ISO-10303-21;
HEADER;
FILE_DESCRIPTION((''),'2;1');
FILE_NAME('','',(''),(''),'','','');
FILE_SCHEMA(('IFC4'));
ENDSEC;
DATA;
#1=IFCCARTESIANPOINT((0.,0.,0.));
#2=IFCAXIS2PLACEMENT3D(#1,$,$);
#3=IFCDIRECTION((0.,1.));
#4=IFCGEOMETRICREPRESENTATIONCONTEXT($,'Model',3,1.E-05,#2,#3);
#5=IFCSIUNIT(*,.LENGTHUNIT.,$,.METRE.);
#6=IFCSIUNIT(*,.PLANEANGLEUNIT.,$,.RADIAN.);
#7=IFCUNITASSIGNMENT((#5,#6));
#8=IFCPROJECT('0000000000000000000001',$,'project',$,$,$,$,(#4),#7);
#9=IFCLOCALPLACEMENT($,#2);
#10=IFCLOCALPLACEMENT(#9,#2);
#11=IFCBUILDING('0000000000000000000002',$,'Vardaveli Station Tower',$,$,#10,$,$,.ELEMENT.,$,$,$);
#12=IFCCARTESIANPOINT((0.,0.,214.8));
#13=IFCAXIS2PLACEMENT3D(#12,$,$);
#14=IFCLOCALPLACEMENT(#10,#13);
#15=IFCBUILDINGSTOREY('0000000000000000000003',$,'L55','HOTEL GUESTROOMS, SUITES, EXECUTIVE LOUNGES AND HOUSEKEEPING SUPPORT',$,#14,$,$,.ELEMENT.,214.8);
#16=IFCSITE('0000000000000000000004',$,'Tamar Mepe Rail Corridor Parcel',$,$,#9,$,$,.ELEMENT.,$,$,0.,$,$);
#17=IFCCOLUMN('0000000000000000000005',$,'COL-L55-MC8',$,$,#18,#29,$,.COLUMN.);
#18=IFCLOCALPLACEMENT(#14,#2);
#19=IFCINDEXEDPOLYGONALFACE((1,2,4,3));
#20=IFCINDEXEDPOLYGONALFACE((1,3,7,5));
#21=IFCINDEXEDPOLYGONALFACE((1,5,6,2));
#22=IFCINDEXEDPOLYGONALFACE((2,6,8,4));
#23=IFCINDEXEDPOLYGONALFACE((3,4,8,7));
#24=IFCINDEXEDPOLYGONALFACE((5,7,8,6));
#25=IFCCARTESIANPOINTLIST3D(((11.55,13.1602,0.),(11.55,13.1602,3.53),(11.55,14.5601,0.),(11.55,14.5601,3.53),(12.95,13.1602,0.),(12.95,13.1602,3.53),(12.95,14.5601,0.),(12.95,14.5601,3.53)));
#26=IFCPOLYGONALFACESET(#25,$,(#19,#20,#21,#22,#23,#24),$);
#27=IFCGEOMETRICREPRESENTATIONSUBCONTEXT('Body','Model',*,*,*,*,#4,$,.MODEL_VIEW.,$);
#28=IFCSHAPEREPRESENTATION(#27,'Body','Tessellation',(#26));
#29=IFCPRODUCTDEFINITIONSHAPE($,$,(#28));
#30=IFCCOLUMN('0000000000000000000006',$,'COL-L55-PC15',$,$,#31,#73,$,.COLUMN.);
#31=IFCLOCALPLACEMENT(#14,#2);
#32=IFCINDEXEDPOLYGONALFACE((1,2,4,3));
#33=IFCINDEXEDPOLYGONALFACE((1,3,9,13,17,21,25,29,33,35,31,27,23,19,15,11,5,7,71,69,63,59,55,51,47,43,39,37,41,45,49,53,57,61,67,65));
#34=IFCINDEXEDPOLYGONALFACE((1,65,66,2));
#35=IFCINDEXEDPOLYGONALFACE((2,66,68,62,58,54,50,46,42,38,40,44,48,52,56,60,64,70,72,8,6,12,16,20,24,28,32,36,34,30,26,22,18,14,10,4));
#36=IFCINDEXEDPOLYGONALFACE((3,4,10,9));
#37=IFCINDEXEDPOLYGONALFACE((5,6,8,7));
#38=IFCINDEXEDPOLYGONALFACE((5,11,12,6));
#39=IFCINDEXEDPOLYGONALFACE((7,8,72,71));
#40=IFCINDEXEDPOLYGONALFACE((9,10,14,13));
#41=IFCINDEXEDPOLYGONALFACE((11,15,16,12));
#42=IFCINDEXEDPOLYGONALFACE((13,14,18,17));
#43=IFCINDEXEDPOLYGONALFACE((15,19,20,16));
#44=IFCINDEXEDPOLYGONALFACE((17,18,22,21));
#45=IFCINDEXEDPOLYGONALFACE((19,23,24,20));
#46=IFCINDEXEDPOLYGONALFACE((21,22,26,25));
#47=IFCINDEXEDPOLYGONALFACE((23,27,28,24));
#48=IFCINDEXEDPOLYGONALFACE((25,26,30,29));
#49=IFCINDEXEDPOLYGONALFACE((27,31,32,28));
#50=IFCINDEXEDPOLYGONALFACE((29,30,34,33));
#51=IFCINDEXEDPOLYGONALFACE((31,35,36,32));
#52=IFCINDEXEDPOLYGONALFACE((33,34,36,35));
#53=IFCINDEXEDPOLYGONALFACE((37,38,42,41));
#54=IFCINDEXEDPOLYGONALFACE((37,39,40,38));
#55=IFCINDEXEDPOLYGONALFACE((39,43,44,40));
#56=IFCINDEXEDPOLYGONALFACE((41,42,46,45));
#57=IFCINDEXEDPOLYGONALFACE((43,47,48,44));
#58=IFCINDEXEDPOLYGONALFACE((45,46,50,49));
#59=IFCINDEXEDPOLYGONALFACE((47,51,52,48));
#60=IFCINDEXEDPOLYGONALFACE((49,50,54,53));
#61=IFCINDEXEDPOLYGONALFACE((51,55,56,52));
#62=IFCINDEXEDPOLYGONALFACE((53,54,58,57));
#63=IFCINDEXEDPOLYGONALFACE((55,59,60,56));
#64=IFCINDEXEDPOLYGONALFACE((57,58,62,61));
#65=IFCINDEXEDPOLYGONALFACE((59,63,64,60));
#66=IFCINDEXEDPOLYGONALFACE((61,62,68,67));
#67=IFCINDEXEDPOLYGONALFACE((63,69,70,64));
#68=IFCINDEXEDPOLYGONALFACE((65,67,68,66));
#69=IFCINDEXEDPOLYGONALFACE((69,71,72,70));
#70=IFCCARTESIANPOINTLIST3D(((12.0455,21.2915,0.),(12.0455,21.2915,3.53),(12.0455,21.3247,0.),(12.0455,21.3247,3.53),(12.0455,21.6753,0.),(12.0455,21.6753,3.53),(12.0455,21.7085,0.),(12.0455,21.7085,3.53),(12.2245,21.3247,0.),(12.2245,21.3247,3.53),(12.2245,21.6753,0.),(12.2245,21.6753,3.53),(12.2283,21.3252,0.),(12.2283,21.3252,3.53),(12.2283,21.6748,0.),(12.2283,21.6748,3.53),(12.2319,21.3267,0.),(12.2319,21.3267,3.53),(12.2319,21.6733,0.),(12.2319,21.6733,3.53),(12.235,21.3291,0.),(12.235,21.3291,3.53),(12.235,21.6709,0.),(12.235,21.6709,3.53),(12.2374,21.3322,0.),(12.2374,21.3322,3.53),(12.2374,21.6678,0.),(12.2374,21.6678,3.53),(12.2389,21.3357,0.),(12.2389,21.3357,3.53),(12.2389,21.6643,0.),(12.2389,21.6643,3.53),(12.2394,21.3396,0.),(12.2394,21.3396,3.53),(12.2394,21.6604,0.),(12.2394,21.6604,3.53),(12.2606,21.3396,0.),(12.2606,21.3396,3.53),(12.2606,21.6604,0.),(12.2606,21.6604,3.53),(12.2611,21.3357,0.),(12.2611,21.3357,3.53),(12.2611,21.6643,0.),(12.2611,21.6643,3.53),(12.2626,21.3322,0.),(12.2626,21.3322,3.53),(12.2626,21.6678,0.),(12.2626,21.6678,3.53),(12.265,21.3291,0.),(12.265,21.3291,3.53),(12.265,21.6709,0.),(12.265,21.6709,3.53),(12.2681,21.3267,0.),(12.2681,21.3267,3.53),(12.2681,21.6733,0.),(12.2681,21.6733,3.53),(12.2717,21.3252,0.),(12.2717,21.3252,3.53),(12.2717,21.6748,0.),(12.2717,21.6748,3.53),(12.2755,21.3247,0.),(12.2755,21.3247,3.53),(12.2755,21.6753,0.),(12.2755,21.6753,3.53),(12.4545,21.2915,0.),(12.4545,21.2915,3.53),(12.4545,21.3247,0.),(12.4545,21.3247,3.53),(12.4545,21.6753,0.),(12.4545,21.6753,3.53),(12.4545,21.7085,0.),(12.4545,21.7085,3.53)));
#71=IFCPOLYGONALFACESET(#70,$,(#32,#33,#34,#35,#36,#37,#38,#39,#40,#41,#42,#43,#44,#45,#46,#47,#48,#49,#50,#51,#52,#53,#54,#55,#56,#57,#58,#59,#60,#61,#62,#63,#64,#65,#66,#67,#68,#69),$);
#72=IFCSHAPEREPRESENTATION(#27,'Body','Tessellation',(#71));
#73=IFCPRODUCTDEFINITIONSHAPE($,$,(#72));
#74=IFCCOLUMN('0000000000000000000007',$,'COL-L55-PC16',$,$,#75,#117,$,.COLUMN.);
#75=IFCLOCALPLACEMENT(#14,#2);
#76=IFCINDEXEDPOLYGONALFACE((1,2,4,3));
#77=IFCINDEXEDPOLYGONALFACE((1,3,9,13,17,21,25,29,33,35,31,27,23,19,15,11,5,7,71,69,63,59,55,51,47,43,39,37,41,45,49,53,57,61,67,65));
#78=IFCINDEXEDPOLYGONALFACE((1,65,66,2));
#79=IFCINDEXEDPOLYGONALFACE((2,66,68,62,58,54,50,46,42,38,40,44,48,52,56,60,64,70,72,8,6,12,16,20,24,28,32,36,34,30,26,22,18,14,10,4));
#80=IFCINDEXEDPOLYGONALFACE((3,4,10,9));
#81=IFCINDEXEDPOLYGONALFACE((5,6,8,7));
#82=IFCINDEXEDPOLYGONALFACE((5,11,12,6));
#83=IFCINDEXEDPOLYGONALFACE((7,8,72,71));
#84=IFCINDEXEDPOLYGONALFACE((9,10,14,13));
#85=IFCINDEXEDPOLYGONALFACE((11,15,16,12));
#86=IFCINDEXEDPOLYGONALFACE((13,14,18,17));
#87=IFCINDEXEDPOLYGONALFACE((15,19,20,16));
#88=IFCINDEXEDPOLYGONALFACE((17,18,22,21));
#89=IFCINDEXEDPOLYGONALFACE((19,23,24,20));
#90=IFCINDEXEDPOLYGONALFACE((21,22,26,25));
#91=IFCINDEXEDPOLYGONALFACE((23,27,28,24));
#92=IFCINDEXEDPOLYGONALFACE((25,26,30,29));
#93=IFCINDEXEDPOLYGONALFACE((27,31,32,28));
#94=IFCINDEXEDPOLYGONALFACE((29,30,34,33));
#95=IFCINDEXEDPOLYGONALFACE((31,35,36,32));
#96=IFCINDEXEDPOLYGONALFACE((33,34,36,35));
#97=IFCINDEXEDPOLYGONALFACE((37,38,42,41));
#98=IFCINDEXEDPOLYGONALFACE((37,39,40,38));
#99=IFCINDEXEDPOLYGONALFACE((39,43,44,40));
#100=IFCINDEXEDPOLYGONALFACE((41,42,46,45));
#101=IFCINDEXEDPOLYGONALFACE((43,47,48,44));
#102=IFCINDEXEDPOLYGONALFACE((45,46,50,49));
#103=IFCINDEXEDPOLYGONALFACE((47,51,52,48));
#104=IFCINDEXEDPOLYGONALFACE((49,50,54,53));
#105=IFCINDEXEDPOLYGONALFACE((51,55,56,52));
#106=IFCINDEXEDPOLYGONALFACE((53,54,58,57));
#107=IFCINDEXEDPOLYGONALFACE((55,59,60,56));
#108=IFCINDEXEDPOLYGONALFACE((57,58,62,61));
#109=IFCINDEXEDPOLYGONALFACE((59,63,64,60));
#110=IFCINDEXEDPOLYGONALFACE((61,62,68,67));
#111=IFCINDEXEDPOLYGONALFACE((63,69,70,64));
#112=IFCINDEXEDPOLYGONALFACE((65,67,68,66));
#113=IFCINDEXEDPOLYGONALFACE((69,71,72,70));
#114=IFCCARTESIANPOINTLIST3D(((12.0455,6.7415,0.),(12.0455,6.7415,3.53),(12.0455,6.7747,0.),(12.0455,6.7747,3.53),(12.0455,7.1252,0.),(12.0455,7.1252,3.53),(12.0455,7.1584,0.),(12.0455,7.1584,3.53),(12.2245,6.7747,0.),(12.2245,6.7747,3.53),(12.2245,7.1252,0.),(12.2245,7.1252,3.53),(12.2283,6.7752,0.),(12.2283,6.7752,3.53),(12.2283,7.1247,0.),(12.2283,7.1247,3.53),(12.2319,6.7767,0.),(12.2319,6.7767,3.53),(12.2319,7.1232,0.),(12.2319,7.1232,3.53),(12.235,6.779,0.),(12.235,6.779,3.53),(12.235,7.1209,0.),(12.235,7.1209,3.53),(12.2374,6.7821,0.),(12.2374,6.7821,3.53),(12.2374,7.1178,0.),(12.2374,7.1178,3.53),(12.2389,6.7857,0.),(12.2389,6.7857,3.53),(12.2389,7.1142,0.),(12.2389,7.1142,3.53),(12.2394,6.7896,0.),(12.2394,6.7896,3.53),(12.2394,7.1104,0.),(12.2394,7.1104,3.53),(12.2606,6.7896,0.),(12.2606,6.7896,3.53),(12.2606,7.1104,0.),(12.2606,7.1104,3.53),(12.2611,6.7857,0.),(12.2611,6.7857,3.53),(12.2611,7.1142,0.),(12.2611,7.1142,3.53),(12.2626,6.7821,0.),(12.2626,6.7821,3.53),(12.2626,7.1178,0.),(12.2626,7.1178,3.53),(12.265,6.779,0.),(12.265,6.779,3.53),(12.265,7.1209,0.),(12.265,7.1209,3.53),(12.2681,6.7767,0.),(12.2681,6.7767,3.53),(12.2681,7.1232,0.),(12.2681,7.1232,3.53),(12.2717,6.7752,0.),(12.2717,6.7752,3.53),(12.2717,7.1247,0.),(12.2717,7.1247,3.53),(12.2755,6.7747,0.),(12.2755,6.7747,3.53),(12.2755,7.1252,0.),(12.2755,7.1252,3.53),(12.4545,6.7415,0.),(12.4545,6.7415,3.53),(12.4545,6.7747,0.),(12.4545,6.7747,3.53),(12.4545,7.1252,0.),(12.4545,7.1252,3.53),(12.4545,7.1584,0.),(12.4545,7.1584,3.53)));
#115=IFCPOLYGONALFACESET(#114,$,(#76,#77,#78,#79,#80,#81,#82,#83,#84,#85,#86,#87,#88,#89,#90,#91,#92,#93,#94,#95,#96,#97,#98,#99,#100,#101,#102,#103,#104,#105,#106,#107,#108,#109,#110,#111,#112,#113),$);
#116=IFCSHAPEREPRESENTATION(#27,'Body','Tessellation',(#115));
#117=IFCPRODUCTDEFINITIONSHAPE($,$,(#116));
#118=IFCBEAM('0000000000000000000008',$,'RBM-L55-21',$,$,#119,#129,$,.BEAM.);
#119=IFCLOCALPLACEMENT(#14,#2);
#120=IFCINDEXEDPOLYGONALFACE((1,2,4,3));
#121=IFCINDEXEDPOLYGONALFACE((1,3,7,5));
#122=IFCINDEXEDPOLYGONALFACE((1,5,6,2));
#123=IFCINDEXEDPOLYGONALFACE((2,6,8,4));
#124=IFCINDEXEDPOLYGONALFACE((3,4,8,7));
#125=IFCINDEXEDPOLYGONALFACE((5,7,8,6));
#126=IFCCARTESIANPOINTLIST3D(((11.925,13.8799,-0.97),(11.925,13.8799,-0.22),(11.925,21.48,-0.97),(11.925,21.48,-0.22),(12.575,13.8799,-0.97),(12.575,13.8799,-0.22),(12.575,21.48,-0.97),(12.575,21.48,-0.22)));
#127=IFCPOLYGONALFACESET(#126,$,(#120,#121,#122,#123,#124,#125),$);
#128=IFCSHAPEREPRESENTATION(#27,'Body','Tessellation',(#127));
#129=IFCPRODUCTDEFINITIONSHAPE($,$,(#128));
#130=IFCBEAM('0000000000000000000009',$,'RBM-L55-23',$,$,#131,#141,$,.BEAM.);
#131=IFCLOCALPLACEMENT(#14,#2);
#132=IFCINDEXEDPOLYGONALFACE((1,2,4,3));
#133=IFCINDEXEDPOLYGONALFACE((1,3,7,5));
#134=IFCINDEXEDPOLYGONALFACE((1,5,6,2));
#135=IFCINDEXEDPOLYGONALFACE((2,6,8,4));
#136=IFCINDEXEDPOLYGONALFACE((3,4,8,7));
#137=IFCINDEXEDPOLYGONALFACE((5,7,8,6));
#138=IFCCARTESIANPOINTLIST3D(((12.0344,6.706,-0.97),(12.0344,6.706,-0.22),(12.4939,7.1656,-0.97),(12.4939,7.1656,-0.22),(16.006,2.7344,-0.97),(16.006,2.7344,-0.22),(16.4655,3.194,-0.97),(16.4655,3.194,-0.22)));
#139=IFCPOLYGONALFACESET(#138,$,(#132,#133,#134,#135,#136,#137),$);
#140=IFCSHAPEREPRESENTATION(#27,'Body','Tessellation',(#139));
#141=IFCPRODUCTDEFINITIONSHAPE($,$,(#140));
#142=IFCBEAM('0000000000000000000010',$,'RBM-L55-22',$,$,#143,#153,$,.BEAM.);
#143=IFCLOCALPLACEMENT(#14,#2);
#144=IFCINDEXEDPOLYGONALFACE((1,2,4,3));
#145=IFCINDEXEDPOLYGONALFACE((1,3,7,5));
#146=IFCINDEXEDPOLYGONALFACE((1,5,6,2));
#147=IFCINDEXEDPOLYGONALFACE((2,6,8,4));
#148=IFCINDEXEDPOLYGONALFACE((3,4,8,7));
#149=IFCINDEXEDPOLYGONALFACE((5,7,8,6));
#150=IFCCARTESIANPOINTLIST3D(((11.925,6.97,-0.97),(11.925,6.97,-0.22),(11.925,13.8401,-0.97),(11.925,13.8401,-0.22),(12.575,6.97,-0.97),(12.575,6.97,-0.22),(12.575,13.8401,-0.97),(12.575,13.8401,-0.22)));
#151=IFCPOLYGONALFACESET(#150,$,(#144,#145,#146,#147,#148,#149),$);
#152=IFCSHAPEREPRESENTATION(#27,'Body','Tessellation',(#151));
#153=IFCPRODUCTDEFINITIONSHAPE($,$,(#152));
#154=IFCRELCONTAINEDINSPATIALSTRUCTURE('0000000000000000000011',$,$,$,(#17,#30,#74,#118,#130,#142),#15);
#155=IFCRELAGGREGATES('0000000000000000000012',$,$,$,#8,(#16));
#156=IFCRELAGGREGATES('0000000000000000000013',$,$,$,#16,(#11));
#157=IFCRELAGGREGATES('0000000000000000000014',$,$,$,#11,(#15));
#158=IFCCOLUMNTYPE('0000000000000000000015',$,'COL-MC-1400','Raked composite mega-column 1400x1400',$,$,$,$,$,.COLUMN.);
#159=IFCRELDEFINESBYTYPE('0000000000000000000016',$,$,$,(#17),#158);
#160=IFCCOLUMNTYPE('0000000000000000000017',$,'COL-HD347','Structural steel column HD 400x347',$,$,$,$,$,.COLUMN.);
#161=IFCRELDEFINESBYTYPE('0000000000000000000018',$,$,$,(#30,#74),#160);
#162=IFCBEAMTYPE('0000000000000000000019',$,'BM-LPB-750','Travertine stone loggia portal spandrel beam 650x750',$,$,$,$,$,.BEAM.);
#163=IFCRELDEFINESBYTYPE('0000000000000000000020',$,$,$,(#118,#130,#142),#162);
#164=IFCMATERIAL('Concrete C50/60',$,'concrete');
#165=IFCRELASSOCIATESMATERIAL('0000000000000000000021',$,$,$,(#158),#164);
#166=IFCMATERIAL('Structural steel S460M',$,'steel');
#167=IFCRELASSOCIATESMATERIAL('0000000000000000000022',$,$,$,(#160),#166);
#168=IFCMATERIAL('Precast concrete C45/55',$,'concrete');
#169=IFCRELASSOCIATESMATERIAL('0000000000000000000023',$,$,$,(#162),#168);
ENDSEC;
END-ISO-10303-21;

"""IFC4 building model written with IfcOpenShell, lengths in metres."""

from ifc_helpers import new_model, si_unit, direction, frame, origin, origin_2d, place, context, subcontext, project, spatial, rectangle, i_section, extrude, source, transform, mapped, material, material_profile, profile_set, type_object, element, save


model = new_model("IFC4")

# Units and contexts
model_context = context("Model", 3, precision=1e-05, world=origin(), true_north=direction((0.0, 1.0)))
body_context = subcontext(model_context, "Body", "Model", "MODEL_VIEW")
ifc_project = project(units=[si_unit("LENGTHUNIT", "METRE"), si_unit("PLANEANGLEUNIT", "RADIAN")], contexts=[model_context])

# Site, building, storey
site_placement = place(None, origin())
site = spatial("IfcSite", under=ifc_project, at=site_placement, Name="Tamar Mepe Rail Corridor Parcel", CompositionType="ELEMENT", RefElevation=0.0)
building_placement = place(site_placement, origin())
building = spatial("IfcBuilding", under=site, at=building_placement, Name="Vardaveli Station Tower", CompositionType="ELEMENT")
storey_placement = place(building_placement, frame((0.0, 0.0, 214.8)))
storey = spatial("IfcBuildingStorey", under=building, at=storey_placement, Name="L55", Description="HOTEL GUESTROOMS, SUITES, EXECUTIVE LOUNGES AND HOUSEKEEPING SUPPORT", CompositionType="ELEMENT", Elevation=214.8)

# Columns
ifc_material_1 = material(Name="Concrete C50/60", Category="concrete")
ifc_material_profile_1 = material_profile(ifc_material_1, rectangle(XDim=1.3999, YDim=1.3999, at=origin_2d()), Name="MC 1400x1400")
ifc_profile_set_1 = profile_set([ifc_material_profile_1], Name="Concrete C50/60")
column_type_1 = type_object("IfcColumnType", Name="COL-MC-1400", Description="Raked composite mega-column 1400x1400", PredefinedType="COLUMN", material=ifc_profile_set_1)
shared_shape_1 = source(origin(), body_context, "Body", "SweptSolid", [
    extrude(rectangle(XDim=1.3999, YDim=1.3999, at=origin_2d()), origin(), (0.0, 0.0, 1.0), 3.53),
])
column_placement = place(storey_placement, frame((12.25, 13.8601, 0.0), z_axis=(0.0, 0.0, 1.0), x_axis=(1.0, 0.0, 0.0)))
element("IfcColumn", 1, at=column_placement, inside=storey, type_object=column_type_1, Name="COL-L55-MC8", PredefinedType="COLUMN", context=body_context, shape_type="MappedRepresentation", body=[
    mapped(shared_shape_1, transform((0.0, 0.0, 0.0), scale=1.0)),
])
ifc_material_2 = material(Name="Structural steel S460M", Category="steel")
ifc_material_profile_2 = material_profile(ifc_material_2, i_section(OverallWidth=0.4089, OverallDepth=0.417, WebThickness=0.0212, FlangeThickness=0.0332, FilletRadius=0.0149, at=origin_2d()), Name="HD 400x347")
ifc_profile_set_2 = profile_set([ifc_material_profile_2], Name="Structural steel S460M")
column_type_2 = type_object("IfcColumnType", Name="COL-HD347", Description="Structural steel column HD 400x347", PredefinedType="COLUMN", material=ifc_profile_set_2)
shared_shape_2 = source(origin(), body_context, "Body", "SweptSolid", [
    extrude(i_section(OverallWidth=0.4089, OverallDepth=0.417, WebThickness=0.0212, FlangeThickness=0.0332, FilletRadius=0.0149, at=origin_2d()), origin(), (0.0, 0.0, 1.0), 3.53),
])
for number, where, z_axis, x_axis, name in (
    (2, (12.25, 21.5, 0.0), (0.0, 0.0, 1.0), (1.0, 0.0, 0.0), "COL-L55-PC15"),
    (3, (12.25, 6.95, 0.0), (0.0, 0.0, 1.0), (1.0, 0.0, 0.0), "COL-L55-PC16"),
):
    element("IfcColumn", number, at=place(storey_placement, frame(where, z_axis=z_axis, x_axis=x_axis)), inside=storey, type_object=column_type_2, Name=name, PredefinedType="COLUMN", context=body_context, shape_type="MappedRepresentation", body=[
        mapped(shared_shape_2, transform((0.0, 0.0, 0.0), scale=1.0)),
    ])

# Beams
ifc_material_3 = material(Name="Precast concrete C45/55", Category="concrete")
ifc_material_profile_3 = material_profile(ifc_material_3, rectangle(XDim=0.6499, YDim=0.75, at=origin_2d()), Name="LPB 650x750")
ifc_profile_set_3 = profile_set([ifc_material_profile_3], Name="Precast concrete C45/55")
beam_type_1 = type_object("IfcBeamType", Name="BM-LPB-750", Description="Travertine stone loggia portal spandrel beam 650x750", PredefinedType="BEAM", material=ifc_profile_set_3)
shared_shape_3 = source(origin(), body_context, "Body", "SweptSolid", [
    extrude(rectangle(XDim=0.6499, YDim=0.75, at=origin_2d()), origin(), (0.0, 0.0, 1.0), 7.6001),
])
beam_1_placement = place(storey_placement, frame((12.25, 21.48, -0.595), z_axis=(0.0, -1.0, 0.0), x_axis=(1.0, 0.0, 0.0)))
element("IfcBeam", 4, at=beam_1_placement, inside=storey, type_object=beam_type_1, Name="RBM-L55-21", PredefinedType="BEAM", context=body_context, shape_type="MappedRepresentation", body=[
    mapped(shared_shape_3, transform((0.0, 0.0, 0.0), scale=1.0)),
])
shared_shape_4 = source(origin(), body_context, "Body", "SweptSolid", [
    extrude(rectangle(XDim=0.6499, YDim=0.75, at=origin_2d()), origin(), (0.0, 0.0, 1.0), 5.6167),
])
beam_2_placement = place(storey_placement, frame((12.2642, 6.9358, -0.595), z_axis=(0.707107, -0.707107, 0.0), x_axis=(0.707107, 0.707107, 0.0)))
element("IfcBeam", 5, at=beam_2_placement, inside=storey, type_object=beam_type_1, Name="RBM-L55-23", PredefinedType="BEAM", context=body_context, shape_type="MappedRepresentation", body=[
    mapped(shared_shape_4, transform((0.0, 0.0, 0.0), scale=1.0)),
])
shared_shape_5 = source(origin(), body_context, "Body", "SweptSolid", [
    extrude(rectangle(XDim=0.6499, YDim=0.75, at=origin_2d()), origin(), (0.0, 0.0, 1.0), 6.8701),
])
beam_3_placement = place(storey_placement, frame((12.25, 13.8401, -0.595), z_axis=(0.0, -1.0, 0.0), x_axis=(1.0, 0.0, 0.0)))
element("IfcBeam", 6, at=beam_3_placement, inside=storey, type_object=beam_type_1, Name="RBM-L55-22", PredefinedType="BEAM", context=body_context, shape_type="MappedRepresentation", body=[
    mapped(shared_shape_5, transform((0.0, 0.0, 0.0), scale=1.0)),
])

save(model, "model.ifc")
